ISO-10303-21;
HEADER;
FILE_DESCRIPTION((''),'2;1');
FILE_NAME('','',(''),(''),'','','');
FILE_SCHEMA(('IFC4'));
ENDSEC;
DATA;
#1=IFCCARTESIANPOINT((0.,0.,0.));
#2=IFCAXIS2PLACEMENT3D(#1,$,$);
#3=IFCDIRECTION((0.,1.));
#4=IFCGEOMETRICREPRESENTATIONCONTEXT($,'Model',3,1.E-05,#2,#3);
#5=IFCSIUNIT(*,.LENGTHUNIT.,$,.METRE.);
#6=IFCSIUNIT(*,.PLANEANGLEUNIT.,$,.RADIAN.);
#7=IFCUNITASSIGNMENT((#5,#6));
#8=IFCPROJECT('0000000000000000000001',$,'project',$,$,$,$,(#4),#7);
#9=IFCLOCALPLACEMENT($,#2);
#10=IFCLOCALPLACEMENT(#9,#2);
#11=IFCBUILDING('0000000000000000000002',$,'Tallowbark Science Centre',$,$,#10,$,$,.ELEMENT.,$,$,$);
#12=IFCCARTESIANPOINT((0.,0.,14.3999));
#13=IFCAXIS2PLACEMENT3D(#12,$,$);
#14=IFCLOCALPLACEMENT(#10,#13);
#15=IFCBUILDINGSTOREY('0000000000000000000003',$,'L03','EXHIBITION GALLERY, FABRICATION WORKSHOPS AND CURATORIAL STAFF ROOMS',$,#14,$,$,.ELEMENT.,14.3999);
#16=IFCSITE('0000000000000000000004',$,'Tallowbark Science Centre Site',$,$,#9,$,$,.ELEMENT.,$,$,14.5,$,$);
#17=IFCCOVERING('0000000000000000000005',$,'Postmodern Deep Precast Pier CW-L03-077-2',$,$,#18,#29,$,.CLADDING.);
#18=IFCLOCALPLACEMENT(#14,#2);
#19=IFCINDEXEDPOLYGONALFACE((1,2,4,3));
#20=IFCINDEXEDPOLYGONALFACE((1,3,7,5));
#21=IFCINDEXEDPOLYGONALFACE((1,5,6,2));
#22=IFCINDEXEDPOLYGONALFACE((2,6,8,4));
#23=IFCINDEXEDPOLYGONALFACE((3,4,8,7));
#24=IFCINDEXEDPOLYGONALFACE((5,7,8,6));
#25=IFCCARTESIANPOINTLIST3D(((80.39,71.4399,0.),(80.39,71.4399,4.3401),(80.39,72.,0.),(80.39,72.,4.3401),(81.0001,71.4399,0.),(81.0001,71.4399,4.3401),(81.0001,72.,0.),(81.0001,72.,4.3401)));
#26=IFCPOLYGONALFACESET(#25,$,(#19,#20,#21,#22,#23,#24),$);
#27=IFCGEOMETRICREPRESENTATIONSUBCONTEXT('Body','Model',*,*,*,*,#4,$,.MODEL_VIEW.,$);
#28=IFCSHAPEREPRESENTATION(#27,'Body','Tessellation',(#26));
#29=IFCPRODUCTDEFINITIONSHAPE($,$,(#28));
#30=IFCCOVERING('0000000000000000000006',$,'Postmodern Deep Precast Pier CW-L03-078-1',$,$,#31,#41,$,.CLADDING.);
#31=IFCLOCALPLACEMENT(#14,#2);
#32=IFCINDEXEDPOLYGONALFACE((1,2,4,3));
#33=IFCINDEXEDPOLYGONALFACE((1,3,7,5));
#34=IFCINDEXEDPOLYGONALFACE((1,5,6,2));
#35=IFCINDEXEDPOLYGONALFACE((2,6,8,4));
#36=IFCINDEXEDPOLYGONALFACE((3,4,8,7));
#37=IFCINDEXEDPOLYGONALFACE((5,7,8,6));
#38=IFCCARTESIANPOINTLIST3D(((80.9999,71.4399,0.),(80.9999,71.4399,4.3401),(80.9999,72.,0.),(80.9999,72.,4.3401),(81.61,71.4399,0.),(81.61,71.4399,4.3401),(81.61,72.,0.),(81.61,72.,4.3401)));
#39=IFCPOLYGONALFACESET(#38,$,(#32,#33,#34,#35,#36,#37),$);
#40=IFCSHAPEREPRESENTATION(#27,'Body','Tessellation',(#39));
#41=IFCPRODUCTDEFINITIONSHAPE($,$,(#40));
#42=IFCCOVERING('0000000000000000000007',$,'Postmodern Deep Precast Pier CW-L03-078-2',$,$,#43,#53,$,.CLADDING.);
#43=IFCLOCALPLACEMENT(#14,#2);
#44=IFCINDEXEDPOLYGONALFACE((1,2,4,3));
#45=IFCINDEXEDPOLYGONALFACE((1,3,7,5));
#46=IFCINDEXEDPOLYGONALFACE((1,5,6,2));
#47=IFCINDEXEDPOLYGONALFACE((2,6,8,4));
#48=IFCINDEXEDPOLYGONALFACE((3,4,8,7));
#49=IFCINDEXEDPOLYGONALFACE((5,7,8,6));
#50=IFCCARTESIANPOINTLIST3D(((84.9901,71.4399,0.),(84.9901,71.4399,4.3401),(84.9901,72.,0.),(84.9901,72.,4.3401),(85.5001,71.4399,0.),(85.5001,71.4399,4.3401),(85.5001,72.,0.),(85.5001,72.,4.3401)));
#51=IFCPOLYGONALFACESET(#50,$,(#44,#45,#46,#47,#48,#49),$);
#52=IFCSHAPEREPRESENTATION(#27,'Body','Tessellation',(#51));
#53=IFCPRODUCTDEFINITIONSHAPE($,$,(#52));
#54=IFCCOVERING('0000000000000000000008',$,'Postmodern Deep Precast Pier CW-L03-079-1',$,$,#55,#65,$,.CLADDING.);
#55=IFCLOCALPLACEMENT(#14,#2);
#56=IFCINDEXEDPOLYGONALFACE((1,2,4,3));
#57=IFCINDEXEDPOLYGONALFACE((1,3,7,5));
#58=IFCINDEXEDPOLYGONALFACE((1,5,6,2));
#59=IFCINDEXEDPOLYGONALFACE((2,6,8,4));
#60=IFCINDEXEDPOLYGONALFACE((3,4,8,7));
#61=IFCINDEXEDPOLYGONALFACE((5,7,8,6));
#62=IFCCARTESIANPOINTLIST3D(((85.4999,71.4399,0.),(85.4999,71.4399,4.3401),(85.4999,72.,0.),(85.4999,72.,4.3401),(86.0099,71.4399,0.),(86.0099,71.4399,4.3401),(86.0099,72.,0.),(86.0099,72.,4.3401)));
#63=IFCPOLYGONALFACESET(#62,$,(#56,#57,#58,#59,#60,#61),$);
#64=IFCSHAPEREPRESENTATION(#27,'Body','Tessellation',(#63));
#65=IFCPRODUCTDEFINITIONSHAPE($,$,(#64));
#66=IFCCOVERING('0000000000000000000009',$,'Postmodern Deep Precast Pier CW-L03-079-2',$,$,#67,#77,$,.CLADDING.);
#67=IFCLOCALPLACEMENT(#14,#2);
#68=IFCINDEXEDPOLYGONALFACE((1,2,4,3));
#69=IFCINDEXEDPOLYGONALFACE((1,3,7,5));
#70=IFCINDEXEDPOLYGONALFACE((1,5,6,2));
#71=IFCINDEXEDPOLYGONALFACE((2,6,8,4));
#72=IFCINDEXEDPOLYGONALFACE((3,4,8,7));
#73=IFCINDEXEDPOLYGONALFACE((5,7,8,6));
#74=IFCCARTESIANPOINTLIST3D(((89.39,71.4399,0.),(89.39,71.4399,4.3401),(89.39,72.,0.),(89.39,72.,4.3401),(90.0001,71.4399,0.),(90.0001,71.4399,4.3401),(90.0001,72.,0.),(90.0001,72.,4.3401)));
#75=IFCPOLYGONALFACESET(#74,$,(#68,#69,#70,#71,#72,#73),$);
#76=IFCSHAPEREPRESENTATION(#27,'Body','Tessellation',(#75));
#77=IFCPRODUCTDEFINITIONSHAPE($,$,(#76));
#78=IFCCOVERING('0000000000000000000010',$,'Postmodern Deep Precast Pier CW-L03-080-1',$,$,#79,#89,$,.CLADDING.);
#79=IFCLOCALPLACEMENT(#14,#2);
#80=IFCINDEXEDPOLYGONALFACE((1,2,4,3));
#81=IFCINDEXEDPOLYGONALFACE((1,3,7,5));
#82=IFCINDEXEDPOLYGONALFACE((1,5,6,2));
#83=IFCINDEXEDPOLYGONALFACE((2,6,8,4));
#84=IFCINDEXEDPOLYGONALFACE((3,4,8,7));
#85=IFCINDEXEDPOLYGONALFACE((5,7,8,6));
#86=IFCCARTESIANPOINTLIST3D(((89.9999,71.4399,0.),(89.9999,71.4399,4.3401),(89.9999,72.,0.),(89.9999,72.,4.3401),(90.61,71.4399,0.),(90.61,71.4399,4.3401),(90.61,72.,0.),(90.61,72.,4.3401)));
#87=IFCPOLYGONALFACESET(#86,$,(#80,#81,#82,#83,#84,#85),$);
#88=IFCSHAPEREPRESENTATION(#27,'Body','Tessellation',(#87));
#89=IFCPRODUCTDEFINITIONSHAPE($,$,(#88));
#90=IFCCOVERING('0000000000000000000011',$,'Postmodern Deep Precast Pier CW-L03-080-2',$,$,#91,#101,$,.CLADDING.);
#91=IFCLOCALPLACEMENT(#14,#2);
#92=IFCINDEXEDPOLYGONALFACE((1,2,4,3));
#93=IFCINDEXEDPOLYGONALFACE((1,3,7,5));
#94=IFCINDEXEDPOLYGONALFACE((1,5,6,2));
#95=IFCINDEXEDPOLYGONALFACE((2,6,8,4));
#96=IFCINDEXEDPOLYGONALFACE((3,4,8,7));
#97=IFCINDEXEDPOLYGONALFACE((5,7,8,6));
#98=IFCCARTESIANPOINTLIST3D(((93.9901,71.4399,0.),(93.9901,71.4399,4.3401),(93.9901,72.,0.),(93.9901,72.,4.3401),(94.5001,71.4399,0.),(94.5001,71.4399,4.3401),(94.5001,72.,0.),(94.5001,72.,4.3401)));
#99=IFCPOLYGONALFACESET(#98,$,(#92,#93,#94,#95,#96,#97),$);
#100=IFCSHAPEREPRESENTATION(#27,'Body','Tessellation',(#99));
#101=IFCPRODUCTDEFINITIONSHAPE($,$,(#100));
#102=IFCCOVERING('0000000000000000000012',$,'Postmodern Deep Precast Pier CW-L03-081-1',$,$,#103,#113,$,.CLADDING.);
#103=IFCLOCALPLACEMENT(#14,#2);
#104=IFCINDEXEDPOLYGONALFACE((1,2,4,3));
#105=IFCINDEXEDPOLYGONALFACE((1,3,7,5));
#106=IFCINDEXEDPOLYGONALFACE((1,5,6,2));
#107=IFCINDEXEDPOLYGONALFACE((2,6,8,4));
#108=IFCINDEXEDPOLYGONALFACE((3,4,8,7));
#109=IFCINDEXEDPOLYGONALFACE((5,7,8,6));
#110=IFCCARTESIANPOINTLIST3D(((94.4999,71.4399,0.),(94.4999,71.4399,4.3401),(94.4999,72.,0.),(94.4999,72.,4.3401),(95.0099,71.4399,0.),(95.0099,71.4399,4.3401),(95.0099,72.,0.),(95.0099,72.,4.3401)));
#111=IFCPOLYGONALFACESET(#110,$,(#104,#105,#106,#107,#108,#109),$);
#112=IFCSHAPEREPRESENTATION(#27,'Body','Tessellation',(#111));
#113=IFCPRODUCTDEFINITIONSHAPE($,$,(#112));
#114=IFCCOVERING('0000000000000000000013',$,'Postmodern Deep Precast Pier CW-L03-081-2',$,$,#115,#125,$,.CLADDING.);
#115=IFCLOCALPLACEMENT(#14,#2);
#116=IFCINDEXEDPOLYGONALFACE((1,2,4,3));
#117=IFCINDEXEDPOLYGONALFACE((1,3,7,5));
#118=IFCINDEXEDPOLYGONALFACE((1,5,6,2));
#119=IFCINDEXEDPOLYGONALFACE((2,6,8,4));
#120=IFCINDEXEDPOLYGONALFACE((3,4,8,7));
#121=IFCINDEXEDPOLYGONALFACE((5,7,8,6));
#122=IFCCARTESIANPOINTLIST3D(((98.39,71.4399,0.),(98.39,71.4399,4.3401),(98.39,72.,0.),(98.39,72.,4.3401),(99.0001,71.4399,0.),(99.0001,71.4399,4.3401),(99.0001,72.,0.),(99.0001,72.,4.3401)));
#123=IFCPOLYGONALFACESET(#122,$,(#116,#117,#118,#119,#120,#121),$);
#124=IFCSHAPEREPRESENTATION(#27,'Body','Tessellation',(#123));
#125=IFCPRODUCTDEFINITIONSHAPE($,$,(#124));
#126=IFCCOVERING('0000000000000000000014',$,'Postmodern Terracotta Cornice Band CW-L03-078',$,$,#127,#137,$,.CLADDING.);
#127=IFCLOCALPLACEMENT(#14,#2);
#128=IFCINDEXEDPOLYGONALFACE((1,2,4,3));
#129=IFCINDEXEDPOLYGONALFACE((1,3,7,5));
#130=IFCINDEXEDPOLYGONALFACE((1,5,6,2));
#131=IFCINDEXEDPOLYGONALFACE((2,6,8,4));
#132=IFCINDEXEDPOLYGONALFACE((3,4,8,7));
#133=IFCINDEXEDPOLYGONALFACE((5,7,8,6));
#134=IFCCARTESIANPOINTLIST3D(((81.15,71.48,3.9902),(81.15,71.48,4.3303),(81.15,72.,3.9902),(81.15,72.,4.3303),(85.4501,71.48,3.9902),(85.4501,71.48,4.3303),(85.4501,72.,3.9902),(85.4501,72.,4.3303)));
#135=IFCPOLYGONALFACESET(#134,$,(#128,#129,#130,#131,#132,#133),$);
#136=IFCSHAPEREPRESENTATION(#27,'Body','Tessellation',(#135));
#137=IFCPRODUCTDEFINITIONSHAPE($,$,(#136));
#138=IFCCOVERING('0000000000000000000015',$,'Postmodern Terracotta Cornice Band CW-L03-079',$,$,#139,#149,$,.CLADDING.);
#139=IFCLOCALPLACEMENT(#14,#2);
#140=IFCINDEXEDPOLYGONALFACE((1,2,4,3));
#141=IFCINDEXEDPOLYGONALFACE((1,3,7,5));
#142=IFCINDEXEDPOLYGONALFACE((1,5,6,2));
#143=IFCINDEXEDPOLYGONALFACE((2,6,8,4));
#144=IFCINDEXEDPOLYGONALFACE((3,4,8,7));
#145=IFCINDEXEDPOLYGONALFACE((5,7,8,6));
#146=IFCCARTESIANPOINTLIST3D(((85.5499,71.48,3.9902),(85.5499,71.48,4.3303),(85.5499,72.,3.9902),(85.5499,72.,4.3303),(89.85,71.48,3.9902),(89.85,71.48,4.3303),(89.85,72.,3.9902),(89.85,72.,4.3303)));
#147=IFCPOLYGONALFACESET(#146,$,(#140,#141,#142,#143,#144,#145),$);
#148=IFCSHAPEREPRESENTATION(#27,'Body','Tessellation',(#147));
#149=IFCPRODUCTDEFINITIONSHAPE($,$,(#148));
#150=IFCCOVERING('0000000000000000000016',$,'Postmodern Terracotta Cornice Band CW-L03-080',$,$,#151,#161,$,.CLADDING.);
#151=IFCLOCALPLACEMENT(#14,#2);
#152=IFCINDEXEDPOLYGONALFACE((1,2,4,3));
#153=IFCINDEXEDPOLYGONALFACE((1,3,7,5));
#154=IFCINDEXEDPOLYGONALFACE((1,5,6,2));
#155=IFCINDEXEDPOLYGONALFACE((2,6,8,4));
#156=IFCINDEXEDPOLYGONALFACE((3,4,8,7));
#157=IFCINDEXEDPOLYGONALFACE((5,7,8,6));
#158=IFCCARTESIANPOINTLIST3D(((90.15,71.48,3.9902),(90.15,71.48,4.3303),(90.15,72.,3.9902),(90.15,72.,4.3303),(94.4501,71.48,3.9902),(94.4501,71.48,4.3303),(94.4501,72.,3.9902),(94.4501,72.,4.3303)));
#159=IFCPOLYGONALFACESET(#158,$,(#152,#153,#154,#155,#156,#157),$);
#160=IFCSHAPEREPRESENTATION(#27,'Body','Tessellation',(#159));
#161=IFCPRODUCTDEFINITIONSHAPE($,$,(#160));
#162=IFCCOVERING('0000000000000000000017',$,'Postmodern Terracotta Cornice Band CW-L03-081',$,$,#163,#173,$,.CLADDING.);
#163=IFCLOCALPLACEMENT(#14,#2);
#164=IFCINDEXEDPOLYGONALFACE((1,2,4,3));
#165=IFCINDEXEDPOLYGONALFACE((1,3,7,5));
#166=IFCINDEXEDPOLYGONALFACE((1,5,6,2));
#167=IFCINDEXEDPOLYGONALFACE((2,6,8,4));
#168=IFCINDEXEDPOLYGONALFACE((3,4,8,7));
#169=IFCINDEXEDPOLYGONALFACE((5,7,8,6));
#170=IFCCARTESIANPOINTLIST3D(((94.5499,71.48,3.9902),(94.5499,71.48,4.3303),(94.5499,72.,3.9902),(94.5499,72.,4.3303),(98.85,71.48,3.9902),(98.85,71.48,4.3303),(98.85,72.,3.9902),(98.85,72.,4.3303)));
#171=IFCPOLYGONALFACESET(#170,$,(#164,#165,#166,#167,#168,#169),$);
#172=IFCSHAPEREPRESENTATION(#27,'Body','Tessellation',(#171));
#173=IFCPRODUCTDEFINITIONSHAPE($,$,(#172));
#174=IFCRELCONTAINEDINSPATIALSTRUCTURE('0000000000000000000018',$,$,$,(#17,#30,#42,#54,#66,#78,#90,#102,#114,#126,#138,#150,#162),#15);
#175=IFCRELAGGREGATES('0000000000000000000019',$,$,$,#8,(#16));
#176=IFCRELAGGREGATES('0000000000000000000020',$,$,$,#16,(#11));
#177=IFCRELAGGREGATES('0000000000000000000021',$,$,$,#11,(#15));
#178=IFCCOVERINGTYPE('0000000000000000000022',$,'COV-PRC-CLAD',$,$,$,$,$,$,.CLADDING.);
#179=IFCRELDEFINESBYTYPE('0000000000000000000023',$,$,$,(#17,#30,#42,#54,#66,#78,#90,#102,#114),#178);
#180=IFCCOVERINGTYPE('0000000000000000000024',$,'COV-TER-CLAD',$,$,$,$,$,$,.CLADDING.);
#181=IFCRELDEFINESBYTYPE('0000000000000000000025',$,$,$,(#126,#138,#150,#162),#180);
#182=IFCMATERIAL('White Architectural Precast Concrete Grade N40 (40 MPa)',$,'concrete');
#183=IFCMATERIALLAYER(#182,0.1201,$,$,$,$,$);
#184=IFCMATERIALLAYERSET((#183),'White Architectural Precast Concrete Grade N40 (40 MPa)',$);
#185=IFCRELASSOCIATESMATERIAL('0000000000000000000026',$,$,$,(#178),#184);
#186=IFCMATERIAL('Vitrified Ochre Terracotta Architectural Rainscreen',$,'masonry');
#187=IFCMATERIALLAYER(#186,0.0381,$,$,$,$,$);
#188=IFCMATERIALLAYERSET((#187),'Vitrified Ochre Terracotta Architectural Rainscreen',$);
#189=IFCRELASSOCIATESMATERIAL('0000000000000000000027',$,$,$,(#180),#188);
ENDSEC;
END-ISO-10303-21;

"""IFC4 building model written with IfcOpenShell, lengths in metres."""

from ifc_helpers import new_model, si_unit, direction, frame, origin, origin_2d, place, context, subcontext, project, spatial, rectangle, extrude, material, layer, layer_set, type_object, element, save


model = new_model("IFC4")

# Units and contexts
model_context = context("Model", 3, precision=1e-05, world=origin(), true_north=direction((0.0, 1.0)))
body_context = subcontext(model_context, "Body", "Model", "MODEL_VIEW")
ifc_project = project(units=[si_unit("LENGTHUNIT", "METRE"), si_unit("PLANEANGLEUNIT", "RADIAN")], contexts=[model_context])

# Site, building, storey
site_placement = place(None, origin())
site = spatial("IfcSite", under=ifc_project, at=site_placement, Name="Tallowbark Science Centre Site", CompositionType="ELEMENT", RefElevation=14.5)
building_placement = place(site_placement, origin())
building = spatial("IfcBuilding", under=site, at=building_placement, Name="Tallowbark Science Centre", CompositionType="ELEMENT")
storey_placement = place(building_placement, frame((0.0, 0.0, 14.3999)))
storey = spatial("IfcBuildingStorey", under=building, at=storey_placement, Name="L03", Description="EXHIBITION GALLERY, FABRICATION WORKSHOPS AND CURATORIAL STAFF ROOMS", CompositionType="ELEMENT", Elevation=14.3999)

# Coverings
ifc_material_1 = material(Name="White Architectural Precast Concrete Grade N40 (40 MPa)", Category="concrete")
ifc_layer_1 = layer(ifc_material_1, 0.1201)
ifc_layer_set_1 = layer_set([ifc_layer_1], Name="White Architectural Precast Concrete Grade N40 (40 MPa)")
covering_type_1 = type_object("IfcCoveringType", Name="COV-PRC-CLAD", PredefinedType="CLADDING", material=ifc_layer_set_1)
for number, where, z_axis, x_axis, name in (
    (1, (80.6951, 71.72, 0.0), (0.0, 0.0, 1.0), (1.0, 0.0, 0.0), "Postmodern Deep Precast Pier CW-L03-077-2"),
    (2, (81.3049, 71.72, 0.0), (0.0, 0.0, 1.0), (1.0, 0.0, 0.0), "Postmodern Deep Precast Pier CW-L03-078-1"),
):
    element("IfcCovering", number, at=place(storey_placement, frame(where, z_axis=z_axis, x_axis=x_axis)), inside=storey, type_object=covering_type_1, Name=name, PredefinedType="CLADDING", context=body_context, shape_type="SweptSolid", body=[
        extrude(rectangle(XDim=0.6101, YDim=0.5601, at=origin_2d()), origin(), (0.0, 0.0, 1.0), 4.3401),
    ])
for number, where, z_axis, x_axis, name in (
    (3, (85.2451, 71.72, 0.0), (0.0, 0.0, 1.0), (1.0, 0.0, 0.0), "Postmodern Deep Precast Pier CW-L03-078-2"),
    (4, (85.7549, 71.72, 0.0), (0.0, 0.0, 1.0), (1.0, 0.0, 0.0), "Postmodern Deep Precast Pier CW-L03-079-1"),
):
    element("IfcCovering", number, at=place(storey_placement, frame(where, z_axis=z_axis, x_axis=x_axis)), inside=storey, type_object=covering_type_1, Name=name, PredefinedType="CLADDING", context=body_context, shape_type="SweptSolid", body=[
        extrude(rectangle(XDim=0.51, YDim=0.5601, at=origin_2d()), origin(), (0.0, 0.0, 1.0), 4.3401),
    ])
for number, where, z_axis, x_axis, name in (
    (5, (89.6951, 71.72, 0.0), (0.0, 0.0, 1.0), (1.0, 0.0, 0.0), "Postmodern Deep Precast Pier CW-L03-079-2"),
    (6, (90.3049, 71.72, 0.0), (0.0, 0.0, 1.0), (1.0, 0.0, 0.0), "Postmodern Deep Precast Pier CW-L03-080-1"),
):
    element("IfcCovering", number, at=place(storey_placement, frame(where, z_axis=z_axis, x_axis=x_axis)), inside=storey, type_object=covering_type_1, Name=name, PredefinedType="CLADDING", context=body_context, shape_type="SweptSolid", body=[
        extrude(rectangle(XDim=0.6101, YDim=0.5601, at=origin_2d()), origin(), (0.0, 0.0, 1.0), 4.3401),
    ])
for number, where, z_axis, x_axis, name in (
    (7, (94.2451, 71.72, 0.0), (0.0, 0.0, 1.0), (1.0, 0.0, 0.0), "Postmodern Deep Precast Pier CW-L03-080-2"),
    (8, (94.7549, 71.72, 0.0), (0.0, 0.0, 1.0), (1.0, 0.0, 0.0), "Postmodern Deep Precast Pier CW-L03-081-1"),
):
    element("IfcCovering", number, at=place(storey_placement, frame(where, z_axis=z_axis, x_axis=x_axis)), inside=storey, type_object=covering_type_1, Name=name, PredefinedType="CLADDING", context=body_context, shape_type="SweptSolid", body=[
        extrude(rectangle(XDim=0.51, YDim=0.5601, at=origin_2d()), origin(), (0.0, 0.0, 1.0), 4.3401),
    ])
covering_placement = place(storey_placement, frame((98.6951, 71.72, 0.0), z_axis=(0.0, 0.0, 1.0), x_axis=(1.0, 0.0, 0.0)))
element("IfcCovering", 9, at=covering_placement, inside=storey, type_object=covering_type_1, Name="Postmodern Deep Precast Pier CW-L03-081-2", PredefinedType="CLADDING", context=body_context, shape_type="SweptSolid", body=[
    extrude(rectangle(XDim=0.6101, YDim=0.5601, at=origin_2d()), origin(), (0.0, 0.0, 1.0), 4.3401),
])
ifc_material_2 = material(Name="Vitrified Ochre Terracotta Architectural Rainscreen", Category="masonry")
ifc_layer_2 = layer(ifc_material_2, 0.0381)
ifc_layer_set_2 = layer_set([ifc_layer_2], Name="Vitrified Ochre Terracotta Architectural Rainscreen")
covering_type_2 = type_object("IfcCoveringType", Name="COV-TER-CLAD", PredefinedType="CLADDING", material=ifc_layer_set_2)
for number, where, z_axis, x_axis, name in (
    (10, (83.3, 71.74, 3.9902), (0.0, 0.0, 1.0), (1.0, 0.0, 0.0), "Postmodern Terracotta Cornice Band CW-L03-078"),
    (11, (87.7, 71.74, 3.9902), (0.0, 0.0, 1.0), (1.0, 0.0, 0.0), "Postmodern Terracotta Cornice Band CW-L03-079"),
    (12, (92.3, 71.74, 3.9902), (0.0, 0.0, 1.0), (1.0, 0.0, 0.0), "Postmodern Terracotta Cornice Band CW-L03-080"),
    (13, (96.7, 71.74, 3.9902), (0.0, 0.0, 1.0), (1.0, 0.0, 0.0), "Postmodern Terracotta Cornice Band CW-L03-081"),
):
    element("IfcCovering", number, at=place(storey_placement, frame(where, z_axis=z_axis, x_axis=x_axis)), inside=storey, type_object=covering_type_2, Name=name, PredefinedType="CLADDING", context=body_context, shape_type="SweptSolid", body=[
        extrude(rectangle(XDim=4.3, YDim=0.52, at=origin_2d()), origin(), (0.0, 0.0, 1.0), 0.3401),
    ])

save(model, "model.ifc")
